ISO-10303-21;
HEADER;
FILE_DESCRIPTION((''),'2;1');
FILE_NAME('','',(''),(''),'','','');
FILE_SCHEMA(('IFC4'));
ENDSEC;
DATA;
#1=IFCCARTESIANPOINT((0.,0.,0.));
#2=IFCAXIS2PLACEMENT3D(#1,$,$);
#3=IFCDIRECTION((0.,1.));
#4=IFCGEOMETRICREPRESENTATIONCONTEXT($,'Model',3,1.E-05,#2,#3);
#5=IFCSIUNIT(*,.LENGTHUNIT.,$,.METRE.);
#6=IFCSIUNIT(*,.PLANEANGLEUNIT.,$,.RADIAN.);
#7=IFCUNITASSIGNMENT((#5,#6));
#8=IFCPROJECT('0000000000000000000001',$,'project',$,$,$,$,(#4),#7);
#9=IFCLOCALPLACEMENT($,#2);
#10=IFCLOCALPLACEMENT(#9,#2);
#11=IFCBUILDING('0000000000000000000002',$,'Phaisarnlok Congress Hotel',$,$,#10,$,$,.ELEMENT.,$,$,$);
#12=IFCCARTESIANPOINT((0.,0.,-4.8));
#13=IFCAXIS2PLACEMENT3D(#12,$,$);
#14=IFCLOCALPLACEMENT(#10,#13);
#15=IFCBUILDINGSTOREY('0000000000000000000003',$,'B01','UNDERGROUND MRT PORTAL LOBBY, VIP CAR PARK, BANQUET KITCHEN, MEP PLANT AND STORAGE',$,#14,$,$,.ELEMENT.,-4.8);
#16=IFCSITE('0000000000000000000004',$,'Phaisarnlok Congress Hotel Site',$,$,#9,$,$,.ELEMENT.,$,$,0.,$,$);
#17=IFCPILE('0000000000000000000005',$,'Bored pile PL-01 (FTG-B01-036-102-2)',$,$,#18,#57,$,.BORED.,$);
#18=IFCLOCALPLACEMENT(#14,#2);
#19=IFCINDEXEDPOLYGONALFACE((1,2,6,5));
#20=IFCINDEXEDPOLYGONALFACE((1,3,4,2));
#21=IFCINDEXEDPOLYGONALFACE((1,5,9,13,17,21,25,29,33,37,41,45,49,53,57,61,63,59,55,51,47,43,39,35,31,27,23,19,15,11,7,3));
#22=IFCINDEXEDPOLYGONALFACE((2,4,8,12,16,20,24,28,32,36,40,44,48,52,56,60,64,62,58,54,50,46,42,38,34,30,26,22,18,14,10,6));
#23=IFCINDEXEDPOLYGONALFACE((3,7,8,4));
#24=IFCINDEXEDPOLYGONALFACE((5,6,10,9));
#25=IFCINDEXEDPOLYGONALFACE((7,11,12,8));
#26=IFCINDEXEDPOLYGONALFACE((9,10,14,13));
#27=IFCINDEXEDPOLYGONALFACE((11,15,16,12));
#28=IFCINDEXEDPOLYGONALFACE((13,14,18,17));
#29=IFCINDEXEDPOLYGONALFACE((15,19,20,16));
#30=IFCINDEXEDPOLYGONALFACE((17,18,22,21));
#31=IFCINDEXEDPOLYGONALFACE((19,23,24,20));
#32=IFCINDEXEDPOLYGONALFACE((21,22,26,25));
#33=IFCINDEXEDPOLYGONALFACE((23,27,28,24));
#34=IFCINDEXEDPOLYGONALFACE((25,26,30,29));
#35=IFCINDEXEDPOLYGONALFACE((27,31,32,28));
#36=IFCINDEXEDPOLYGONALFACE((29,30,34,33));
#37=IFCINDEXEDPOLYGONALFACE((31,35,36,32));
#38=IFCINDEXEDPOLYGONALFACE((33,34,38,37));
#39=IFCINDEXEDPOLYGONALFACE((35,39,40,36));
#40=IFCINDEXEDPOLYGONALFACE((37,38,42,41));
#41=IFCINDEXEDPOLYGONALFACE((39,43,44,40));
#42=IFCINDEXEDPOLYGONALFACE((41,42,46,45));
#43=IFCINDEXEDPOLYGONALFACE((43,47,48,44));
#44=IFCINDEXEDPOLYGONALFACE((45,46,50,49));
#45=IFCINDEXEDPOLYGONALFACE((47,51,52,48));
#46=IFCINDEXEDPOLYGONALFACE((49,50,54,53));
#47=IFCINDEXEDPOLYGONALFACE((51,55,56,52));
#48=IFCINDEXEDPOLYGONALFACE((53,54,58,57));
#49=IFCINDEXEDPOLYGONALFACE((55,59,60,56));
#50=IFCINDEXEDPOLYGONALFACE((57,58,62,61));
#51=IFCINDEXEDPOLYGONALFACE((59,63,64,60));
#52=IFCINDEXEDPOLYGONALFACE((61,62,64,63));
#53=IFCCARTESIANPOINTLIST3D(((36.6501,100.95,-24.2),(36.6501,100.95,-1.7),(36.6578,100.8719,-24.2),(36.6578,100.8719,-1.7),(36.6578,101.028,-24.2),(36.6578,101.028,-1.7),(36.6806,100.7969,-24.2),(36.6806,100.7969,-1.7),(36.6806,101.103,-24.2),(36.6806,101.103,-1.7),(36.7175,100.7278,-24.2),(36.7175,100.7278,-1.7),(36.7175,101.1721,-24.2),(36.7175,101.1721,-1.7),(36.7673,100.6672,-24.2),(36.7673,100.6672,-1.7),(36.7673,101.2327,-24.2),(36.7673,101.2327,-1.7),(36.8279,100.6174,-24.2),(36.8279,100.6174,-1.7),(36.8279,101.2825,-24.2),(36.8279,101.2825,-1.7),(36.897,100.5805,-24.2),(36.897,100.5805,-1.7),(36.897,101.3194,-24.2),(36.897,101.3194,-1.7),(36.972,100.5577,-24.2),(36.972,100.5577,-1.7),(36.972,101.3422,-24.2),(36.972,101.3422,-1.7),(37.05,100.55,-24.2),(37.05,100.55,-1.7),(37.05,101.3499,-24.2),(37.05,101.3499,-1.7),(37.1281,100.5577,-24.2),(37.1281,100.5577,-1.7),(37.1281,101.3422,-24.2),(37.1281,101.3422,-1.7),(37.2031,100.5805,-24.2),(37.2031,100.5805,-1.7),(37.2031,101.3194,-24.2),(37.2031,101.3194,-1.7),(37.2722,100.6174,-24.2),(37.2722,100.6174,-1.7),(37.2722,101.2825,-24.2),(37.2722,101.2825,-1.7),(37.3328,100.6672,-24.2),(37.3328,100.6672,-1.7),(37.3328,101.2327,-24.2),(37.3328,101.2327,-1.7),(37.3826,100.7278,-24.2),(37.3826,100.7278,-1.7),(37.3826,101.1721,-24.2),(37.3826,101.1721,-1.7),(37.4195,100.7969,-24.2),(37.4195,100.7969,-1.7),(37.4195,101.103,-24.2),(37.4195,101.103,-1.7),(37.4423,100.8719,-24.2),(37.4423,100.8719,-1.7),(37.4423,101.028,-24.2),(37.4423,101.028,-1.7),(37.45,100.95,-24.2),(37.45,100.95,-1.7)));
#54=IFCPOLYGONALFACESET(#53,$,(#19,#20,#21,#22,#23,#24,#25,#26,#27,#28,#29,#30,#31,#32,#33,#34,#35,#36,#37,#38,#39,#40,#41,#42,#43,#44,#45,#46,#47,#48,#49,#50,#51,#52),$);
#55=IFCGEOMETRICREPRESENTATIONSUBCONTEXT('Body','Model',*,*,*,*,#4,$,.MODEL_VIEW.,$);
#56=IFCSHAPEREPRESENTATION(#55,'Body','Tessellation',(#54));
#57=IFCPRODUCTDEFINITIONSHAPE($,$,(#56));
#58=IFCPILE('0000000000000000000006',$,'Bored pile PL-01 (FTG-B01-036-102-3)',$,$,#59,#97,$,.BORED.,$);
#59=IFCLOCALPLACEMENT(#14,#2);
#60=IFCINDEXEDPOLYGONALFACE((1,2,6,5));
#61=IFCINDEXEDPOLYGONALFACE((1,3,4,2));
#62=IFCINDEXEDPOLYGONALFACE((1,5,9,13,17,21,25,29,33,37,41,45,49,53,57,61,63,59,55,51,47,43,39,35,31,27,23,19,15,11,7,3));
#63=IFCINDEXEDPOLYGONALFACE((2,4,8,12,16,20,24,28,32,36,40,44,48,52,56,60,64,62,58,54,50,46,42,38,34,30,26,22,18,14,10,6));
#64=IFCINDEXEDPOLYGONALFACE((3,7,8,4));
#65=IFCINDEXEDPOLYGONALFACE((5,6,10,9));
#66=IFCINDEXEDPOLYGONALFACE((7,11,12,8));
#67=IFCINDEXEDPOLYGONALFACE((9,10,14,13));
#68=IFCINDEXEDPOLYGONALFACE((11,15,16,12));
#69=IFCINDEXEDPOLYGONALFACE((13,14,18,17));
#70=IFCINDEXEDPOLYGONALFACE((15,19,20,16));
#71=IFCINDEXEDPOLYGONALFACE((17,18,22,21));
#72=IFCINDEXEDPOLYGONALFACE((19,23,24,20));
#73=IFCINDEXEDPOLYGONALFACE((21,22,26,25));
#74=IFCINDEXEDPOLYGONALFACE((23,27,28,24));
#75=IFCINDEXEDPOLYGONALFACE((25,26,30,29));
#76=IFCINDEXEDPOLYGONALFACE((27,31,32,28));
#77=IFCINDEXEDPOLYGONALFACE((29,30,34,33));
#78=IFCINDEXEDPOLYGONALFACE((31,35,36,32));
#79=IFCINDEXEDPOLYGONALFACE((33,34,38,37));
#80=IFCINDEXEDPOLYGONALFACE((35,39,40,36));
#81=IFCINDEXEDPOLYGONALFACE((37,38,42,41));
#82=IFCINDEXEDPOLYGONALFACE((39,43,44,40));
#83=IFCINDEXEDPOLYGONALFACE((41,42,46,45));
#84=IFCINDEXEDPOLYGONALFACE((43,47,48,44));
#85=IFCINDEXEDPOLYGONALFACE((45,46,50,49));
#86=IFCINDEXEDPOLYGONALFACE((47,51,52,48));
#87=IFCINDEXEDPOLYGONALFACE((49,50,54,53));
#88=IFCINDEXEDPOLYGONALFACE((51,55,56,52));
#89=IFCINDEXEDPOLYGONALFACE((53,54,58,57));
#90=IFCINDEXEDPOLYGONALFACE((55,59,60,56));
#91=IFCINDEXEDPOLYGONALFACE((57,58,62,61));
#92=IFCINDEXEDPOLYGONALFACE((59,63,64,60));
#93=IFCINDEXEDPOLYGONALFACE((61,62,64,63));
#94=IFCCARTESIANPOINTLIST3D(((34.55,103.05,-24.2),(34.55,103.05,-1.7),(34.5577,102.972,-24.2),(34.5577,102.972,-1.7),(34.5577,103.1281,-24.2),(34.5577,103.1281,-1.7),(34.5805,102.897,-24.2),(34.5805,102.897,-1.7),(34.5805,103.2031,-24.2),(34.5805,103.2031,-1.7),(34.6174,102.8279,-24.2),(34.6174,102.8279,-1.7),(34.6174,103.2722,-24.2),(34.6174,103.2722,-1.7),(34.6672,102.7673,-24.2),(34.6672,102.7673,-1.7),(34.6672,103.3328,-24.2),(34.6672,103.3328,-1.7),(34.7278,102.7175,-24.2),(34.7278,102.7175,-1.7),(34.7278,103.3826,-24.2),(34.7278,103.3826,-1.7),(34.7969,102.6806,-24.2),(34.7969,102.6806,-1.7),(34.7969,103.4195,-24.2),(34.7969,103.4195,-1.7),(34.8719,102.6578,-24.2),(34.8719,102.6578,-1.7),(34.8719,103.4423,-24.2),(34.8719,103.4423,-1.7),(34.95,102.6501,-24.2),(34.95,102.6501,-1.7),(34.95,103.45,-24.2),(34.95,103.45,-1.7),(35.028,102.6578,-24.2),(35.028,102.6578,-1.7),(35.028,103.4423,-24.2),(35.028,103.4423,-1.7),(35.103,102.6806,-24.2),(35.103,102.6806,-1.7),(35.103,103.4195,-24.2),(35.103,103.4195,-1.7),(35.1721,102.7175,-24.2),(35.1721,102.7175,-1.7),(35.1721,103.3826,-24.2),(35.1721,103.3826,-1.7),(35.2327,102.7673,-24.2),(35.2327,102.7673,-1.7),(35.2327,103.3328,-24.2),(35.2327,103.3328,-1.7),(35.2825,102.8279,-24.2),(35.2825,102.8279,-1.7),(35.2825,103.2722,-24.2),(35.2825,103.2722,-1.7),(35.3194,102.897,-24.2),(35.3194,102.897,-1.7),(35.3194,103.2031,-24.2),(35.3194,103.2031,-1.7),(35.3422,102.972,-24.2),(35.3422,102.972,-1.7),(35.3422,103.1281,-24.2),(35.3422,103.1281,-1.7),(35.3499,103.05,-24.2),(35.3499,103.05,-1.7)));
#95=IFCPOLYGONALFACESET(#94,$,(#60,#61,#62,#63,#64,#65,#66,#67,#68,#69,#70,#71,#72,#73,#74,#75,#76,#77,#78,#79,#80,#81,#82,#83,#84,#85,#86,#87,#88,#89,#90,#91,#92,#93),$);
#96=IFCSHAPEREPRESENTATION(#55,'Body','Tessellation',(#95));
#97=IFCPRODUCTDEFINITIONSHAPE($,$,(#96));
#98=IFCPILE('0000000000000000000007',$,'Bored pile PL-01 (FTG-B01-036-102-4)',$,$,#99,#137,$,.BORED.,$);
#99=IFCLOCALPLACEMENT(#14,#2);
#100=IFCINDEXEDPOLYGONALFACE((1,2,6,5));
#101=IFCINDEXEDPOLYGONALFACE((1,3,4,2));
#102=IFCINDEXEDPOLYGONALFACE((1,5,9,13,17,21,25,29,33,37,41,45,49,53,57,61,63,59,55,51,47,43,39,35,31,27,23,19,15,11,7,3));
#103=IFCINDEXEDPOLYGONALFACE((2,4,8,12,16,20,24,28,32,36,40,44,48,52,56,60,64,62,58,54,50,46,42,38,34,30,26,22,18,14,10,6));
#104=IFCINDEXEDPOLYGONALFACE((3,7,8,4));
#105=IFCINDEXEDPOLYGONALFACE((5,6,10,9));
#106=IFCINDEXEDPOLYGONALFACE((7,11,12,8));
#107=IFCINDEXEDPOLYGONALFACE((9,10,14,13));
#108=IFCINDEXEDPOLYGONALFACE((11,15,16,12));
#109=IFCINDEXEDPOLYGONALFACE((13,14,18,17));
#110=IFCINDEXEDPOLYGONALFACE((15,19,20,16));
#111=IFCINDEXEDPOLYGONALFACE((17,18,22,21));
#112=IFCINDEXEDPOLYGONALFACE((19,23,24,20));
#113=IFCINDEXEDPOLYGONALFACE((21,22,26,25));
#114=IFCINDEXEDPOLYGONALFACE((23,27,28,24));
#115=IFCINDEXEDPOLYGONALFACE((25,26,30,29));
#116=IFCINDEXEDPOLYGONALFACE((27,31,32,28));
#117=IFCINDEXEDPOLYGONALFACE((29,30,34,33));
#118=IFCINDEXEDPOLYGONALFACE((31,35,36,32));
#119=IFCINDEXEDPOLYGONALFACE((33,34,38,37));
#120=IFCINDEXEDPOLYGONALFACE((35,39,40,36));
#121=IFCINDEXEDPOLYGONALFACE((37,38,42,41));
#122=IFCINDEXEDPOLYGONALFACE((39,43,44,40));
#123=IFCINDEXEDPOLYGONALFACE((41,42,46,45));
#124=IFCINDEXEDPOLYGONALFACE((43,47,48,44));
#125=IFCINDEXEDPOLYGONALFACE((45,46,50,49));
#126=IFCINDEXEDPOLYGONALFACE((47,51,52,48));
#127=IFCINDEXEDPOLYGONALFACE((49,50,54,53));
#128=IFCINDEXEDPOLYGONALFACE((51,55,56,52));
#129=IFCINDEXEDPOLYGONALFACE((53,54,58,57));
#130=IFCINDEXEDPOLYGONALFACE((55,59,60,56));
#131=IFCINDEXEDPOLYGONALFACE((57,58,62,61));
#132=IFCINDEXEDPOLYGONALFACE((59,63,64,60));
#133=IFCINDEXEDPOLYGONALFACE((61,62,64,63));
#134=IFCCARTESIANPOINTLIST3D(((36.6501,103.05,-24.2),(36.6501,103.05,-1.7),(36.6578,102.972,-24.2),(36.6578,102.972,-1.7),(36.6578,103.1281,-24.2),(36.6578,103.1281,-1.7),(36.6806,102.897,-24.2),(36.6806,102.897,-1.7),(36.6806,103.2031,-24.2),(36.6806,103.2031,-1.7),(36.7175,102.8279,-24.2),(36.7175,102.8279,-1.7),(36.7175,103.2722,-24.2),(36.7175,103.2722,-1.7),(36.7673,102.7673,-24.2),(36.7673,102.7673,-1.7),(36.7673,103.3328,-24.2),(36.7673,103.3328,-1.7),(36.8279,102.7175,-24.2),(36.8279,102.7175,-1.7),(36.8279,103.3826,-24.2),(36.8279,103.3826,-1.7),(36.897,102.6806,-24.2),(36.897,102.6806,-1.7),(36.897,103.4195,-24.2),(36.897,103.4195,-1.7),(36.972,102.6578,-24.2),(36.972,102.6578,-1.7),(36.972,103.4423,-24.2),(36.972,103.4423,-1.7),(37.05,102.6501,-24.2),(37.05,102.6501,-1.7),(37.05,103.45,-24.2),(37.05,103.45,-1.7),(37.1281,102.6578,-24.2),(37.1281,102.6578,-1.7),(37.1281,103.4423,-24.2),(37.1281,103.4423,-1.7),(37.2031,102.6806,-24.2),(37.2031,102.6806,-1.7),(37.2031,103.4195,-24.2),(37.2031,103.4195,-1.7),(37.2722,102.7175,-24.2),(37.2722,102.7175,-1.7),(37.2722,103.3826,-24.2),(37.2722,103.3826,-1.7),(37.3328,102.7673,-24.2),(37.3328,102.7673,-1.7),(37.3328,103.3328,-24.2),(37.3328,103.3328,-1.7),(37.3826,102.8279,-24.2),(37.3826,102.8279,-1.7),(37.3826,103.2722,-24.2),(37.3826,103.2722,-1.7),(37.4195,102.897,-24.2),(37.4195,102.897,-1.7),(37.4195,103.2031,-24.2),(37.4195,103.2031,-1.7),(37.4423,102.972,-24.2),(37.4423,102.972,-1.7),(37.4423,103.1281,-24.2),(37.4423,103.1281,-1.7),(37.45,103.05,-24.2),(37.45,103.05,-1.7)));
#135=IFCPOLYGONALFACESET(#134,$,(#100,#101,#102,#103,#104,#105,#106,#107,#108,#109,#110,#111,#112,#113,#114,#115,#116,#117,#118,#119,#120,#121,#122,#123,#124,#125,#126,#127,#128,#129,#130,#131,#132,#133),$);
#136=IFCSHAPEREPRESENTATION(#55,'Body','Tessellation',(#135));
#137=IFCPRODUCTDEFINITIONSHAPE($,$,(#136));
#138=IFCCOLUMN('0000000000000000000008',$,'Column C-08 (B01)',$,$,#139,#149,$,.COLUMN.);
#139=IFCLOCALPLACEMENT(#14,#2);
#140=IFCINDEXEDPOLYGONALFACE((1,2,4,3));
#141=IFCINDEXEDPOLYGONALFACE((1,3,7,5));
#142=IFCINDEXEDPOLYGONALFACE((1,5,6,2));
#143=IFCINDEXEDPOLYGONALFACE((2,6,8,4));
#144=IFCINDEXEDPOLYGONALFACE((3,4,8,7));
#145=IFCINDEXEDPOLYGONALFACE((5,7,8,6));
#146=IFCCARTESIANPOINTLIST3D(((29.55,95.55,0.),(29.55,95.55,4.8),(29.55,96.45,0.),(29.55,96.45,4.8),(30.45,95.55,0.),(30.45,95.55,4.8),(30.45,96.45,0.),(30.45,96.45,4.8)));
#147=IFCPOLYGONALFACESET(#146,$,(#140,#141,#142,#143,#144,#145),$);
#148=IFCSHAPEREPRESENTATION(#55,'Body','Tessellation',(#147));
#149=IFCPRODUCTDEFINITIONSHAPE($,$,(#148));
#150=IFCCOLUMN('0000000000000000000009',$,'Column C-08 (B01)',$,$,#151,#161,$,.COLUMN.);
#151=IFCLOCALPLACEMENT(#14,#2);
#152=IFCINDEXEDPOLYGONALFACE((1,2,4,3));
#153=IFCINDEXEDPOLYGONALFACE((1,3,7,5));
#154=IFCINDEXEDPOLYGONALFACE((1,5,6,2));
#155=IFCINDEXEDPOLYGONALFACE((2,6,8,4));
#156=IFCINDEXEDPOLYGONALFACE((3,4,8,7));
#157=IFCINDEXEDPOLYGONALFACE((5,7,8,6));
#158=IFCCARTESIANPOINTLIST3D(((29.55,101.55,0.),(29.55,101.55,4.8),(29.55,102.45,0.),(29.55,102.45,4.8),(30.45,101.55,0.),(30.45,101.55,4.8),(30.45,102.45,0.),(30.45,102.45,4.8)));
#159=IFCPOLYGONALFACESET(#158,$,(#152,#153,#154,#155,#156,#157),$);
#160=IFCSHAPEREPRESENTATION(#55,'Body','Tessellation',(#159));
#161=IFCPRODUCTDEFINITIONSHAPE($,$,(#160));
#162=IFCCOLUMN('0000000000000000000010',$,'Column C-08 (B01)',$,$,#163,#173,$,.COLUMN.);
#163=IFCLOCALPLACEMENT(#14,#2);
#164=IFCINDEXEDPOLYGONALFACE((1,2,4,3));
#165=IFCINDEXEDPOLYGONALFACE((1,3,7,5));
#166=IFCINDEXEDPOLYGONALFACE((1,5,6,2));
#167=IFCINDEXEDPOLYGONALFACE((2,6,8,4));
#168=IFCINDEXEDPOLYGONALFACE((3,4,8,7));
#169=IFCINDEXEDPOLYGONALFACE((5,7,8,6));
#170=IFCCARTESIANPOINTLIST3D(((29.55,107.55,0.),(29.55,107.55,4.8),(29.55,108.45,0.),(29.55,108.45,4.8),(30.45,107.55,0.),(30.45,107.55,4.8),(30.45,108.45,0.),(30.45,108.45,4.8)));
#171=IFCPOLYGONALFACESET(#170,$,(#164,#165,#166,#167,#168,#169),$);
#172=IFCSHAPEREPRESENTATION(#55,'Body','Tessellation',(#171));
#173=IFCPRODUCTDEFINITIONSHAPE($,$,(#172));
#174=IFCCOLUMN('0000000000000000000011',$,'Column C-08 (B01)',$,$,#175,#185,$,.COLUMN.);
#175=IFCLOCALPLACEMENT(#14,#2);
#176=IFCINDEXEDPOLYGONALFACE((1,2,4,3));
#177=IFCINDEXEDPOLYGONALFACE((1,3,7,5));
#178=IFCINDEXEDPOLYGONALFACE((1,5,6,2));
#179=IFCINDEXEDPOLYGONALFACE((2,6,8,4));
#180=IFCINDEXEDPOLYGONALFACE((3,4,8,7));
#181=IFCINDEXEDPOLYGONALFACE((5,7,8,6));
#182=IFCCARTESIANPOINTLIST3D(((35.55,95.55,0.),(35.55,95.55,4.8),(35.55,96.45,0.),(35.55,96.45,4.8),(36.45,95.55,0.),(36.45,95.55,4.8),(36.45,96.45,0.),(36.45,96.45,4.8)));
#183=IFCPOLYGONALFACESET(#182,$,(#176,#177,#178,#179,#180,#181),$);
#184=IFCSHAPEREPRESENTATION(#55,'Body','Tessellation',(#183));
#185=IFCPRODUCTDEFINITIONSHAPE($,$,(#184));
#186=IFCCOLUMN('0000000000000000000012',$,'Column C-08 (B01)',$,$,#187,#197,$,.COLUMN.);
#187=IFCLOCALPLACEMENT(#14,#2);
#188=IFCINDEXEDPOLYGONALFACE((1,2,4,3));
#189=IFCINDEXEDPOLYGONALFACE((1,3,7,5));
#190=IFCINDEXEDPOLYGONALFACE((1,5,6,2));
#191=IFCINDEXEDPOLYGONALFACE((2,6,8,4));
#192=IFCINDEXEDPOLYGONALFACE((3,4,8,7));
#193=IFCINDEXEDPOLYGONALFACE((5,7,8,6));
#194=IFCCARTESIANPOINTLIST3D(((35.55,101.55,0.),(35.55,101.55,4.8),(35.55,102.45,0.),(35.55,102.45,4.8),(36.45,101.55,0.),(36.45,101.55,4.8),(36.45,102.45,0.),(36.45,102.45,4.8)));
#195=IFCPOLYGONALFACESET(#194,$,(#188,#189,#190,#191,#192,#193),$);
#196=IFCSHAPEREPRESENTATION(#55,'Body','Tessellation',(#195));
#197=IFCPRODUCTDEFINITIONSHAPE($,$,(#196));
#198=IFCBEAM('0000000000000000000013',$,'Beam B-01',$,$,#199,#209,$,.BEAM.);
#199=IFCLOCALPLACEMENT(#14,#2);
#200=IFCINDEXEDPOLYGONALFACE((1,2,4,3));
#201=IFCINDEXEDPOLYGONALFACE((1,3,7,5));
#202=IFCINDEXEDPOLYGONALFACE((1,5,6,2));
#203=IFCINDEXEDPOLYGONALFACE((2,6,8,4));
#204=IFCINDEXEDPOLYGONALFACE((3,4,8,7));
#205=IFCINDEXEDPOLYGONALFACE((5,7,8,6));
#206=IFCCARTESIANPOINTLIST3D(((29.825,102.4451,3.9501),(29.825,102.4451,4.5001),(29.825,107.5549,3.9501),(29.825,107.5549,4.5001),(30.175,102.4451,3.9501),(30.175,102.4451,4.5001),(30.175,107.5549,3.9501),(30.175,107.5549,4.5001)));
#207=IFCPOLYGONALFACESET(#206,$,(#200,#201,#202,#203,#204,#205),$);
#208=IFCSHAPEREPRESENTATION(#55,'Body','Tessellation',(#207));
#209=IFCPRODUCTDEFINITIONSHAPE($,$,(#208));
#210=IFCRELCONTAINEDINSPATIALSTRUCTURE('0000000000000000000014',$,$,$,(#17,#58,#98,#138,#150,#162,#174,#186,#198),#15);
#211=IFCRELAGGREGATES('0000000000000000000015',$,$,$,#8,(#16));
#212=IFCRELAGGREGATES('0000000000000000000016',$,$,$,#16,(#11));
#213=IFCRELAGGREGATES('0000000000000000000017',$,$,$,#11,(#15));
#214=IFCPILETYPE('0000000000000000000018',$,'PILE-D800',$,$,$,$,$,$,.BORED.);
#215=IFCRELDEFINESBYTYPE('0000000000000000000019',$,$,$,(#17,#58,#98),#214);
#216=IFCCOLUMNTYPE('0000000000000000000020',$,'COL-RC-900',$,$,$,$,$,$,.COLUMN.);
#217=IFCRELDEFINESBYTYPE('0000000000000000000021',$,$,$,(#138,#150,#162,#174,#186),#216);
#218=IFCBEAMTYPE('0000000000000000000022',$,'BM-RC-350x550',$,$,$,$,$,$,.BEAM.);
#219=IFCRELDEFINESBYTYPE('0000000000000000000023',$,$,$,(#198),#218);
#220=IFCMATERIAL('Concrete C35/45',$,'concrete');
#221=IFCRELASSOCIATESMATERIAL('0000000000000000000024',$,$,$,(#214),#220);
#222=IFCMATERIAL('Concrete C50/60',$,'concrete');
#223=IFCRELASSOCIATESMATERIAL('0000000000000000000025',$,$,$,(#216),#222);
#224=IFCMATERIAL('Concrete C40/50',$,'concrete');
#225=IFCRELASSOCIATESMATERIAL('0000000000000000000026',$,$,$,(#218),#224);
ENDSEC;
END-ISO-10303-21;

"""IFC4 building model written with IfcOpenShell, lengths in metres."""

from ifc_helpers import new_model, si_unit, direction, frame, origin, origin_2d, place, context, subcontext, project, spatial, rectangle, circle, extrude, material, material_profile, profile_set, type_object, element, save


model = new_model("IFC4")

# Units and contexts
model_context = context("Model", 3, precision=1e-05, world=origin(), true_north=direction((0.0, 1.0)))
body_context = subcontext(model_context, "Body", "Model", "MODEL_VIEW")
ifc_project = project(units=[si_unit("LENGTHUNIT", "METRE"), si_unit("PLANEANGLEUNIT", "RADIAN")], contexts=[model_context])

# Site, building, storey
site_placement = place(None, origin())
site = spatial("IfcSite", under=ifc_project, at=site_placement, Name="Phaisarnlok Congress Hotel Site", CompositionType="ELEMENT", RefElevation=0.0)
building_placement = place(site_placement, origin())
building = spatial("IfcBuilding", under=site, at=building_placement, Name="Phaisarnlok Congress Hotel", CompositionType="ELEMENT")
storey_placement = place(building_placement, frame((0.0, 0.0, -4.8)))
storey = spatial("IfcBuildingStorey", under=building, at=storey_placement, Name="B01", Description="UNDERGROUND MRT PORTAL LOBBY, VIP CAR PARK, BANQUET KITCHEN, MEP PLANT AND STORAGE", CompositionType="ELEMENT", Elevation=-4.8)

# Shared definitions
ifc_material_1 = material(Name="Concrete C40/50", Category="concrete")

# Piles
ifc_material_2 = material(Name="Concrete C35/45", Category="concrete")
ifc_material_profile_1 = material_profile(ifc_material_2, circle(Radius=0.3999, at=origin_2d()), Name="BORED PILE D800")
ifc_profile_set_1 = profile_set([ifc_material_profile_1], Name="Concrete C35/45")
pile_type_1 = type_object("IfcPileType", Name="PILE-D800", PredefinedType="BORED", material=ifc_profile_set_1)
for number, where, z_axis, x_axis, name in (
    (1, (37.05, 100.95, -1.7), (0.0, 0.0, -1.0), (1.0, 0.0, 0.0), "Bored pile PL-01 (FTG-B01-036-102-2)"),
    (2, (34.95, 103.05, -1.7), (0.0, 0.0, -1.0), (1.0, 0.0, 0.0), "Bored pile PL-01 (FTG-B01-036-102-3)"),
    (3, (37.05, 103.05, -1.7), (0.0, 0.0, -1.0), (1.0, 0.0, 0.0), "Bored pile PL-01 (FTG-B01-036-102-4)"),
):
    element("IfcPile", number, at=place(storey_placement, frame(where, z_axis=z_axis, x_axis=x_axis)), inside=storey, type_object=pile_type_1, Name=name, PredefinedType="BORED", context=body_context, shape_type="SweptSolid", body=[
        extrude(circle(Radius=0.3999, at=origin_2d()), origin(), (0.0, 0.0, 1.0), 22.5),
    ])

# Columns
ifc_material_3 = material(Name="Concrete C50/60", Category="concrete")
ifc_material_profile_2 = material_profile(ifc_material_3, rectangle(XDim=0.8999, YDim=0.8999, at=origin_2d()), Name="RC 900x900")
ifc_profile_set_2 = profile_set([ifc_material_profile_2], Name="Concrete C50/60")
column_type = type_object("IfcColumnType", Name="COL-RC-900", PredefinedType="COLUMN", material=ifc_profile_set_2)
for number, where, z_axis, x_axis, name in (
    (4, (30.0, 96.0, 0.0), (0.0, 0.0, 1.0), (1.0, 0.0, 0.0), "Column C-08 (B01)"),
    (5, (30.0, 102.0, 0.0), (0.0, 0.0, 1.0), (1.0, 0.0, 0.0), "Column C-08 (B01)"),
    (6, (30.0, 108.0, 0.0), (0.0, 0.0, 1.0), (1.0, 0.0, 0.0), "Column C-08 (B01)"),
    (7, (36.0, 96.0, 0.0), (0.0, 0.0, 1.0), (1.0, 0.0, 0.0), "Column C-08 (B01)"),
    (8, (36.0, 102.0, 0.0), (0.0, 0.0, 1.0), (1.0, 0.0, 0.0), "Column C-08 (B01)"),
):
    element("IfcColumn", number, at=place(storey_placement, frame(where, z_axis=z_axis, x_axis=x_axis)), inside=storey, type_object=column_type, Name=name, PredefinedType="COLUMN", context=body_context, shape_type="SweptSolid", body=[
        extrude(rectangle(XDim=0.8999, YDim=0.8999, at=origin_2d()), origin(), (0.0, 0.0, 1.0), 4.8),
    ])

# Beam
ifc_material_profile_3 = material_profile(ifc_material_1, rectangle(XDim=0.3501, YDim=0.55, at=origin_2d()), Name="RC 350x550")
ifc_profile_set_3 = profile_set([ifc_material_profile_3], Name="Concrete C40/50")
beam_type_1 = type_object("IfcBeamType", Name="BM-RC-350x550", PredefinedType="BEAM", material=ifc_profile_set_3)
for number, where, z_axis, x_axis, name in (
    (9, (30.0, 102.4451, 4.2251), (0.0, 1.0, 0.0), (-1.0, 0.0, 0.0), "Beam B-01"),
):
    element("IfcBeam", number, at=place(storey_placement, frame(where, z_axis=z_axis, x_axis=x_axis)), inside=storey, type_object=beam_type_1, Name=name, PredefinedType="BEAM", context=body_context, shape_type="SweptSolid", body=[
        extrude(rectangle(XDim=0.3501, YDim=0.55, at=origin_2d()), origin(), (0.0, 0.0, 1.0), 5.1099),
    ])

save(model, "model.ifc")
